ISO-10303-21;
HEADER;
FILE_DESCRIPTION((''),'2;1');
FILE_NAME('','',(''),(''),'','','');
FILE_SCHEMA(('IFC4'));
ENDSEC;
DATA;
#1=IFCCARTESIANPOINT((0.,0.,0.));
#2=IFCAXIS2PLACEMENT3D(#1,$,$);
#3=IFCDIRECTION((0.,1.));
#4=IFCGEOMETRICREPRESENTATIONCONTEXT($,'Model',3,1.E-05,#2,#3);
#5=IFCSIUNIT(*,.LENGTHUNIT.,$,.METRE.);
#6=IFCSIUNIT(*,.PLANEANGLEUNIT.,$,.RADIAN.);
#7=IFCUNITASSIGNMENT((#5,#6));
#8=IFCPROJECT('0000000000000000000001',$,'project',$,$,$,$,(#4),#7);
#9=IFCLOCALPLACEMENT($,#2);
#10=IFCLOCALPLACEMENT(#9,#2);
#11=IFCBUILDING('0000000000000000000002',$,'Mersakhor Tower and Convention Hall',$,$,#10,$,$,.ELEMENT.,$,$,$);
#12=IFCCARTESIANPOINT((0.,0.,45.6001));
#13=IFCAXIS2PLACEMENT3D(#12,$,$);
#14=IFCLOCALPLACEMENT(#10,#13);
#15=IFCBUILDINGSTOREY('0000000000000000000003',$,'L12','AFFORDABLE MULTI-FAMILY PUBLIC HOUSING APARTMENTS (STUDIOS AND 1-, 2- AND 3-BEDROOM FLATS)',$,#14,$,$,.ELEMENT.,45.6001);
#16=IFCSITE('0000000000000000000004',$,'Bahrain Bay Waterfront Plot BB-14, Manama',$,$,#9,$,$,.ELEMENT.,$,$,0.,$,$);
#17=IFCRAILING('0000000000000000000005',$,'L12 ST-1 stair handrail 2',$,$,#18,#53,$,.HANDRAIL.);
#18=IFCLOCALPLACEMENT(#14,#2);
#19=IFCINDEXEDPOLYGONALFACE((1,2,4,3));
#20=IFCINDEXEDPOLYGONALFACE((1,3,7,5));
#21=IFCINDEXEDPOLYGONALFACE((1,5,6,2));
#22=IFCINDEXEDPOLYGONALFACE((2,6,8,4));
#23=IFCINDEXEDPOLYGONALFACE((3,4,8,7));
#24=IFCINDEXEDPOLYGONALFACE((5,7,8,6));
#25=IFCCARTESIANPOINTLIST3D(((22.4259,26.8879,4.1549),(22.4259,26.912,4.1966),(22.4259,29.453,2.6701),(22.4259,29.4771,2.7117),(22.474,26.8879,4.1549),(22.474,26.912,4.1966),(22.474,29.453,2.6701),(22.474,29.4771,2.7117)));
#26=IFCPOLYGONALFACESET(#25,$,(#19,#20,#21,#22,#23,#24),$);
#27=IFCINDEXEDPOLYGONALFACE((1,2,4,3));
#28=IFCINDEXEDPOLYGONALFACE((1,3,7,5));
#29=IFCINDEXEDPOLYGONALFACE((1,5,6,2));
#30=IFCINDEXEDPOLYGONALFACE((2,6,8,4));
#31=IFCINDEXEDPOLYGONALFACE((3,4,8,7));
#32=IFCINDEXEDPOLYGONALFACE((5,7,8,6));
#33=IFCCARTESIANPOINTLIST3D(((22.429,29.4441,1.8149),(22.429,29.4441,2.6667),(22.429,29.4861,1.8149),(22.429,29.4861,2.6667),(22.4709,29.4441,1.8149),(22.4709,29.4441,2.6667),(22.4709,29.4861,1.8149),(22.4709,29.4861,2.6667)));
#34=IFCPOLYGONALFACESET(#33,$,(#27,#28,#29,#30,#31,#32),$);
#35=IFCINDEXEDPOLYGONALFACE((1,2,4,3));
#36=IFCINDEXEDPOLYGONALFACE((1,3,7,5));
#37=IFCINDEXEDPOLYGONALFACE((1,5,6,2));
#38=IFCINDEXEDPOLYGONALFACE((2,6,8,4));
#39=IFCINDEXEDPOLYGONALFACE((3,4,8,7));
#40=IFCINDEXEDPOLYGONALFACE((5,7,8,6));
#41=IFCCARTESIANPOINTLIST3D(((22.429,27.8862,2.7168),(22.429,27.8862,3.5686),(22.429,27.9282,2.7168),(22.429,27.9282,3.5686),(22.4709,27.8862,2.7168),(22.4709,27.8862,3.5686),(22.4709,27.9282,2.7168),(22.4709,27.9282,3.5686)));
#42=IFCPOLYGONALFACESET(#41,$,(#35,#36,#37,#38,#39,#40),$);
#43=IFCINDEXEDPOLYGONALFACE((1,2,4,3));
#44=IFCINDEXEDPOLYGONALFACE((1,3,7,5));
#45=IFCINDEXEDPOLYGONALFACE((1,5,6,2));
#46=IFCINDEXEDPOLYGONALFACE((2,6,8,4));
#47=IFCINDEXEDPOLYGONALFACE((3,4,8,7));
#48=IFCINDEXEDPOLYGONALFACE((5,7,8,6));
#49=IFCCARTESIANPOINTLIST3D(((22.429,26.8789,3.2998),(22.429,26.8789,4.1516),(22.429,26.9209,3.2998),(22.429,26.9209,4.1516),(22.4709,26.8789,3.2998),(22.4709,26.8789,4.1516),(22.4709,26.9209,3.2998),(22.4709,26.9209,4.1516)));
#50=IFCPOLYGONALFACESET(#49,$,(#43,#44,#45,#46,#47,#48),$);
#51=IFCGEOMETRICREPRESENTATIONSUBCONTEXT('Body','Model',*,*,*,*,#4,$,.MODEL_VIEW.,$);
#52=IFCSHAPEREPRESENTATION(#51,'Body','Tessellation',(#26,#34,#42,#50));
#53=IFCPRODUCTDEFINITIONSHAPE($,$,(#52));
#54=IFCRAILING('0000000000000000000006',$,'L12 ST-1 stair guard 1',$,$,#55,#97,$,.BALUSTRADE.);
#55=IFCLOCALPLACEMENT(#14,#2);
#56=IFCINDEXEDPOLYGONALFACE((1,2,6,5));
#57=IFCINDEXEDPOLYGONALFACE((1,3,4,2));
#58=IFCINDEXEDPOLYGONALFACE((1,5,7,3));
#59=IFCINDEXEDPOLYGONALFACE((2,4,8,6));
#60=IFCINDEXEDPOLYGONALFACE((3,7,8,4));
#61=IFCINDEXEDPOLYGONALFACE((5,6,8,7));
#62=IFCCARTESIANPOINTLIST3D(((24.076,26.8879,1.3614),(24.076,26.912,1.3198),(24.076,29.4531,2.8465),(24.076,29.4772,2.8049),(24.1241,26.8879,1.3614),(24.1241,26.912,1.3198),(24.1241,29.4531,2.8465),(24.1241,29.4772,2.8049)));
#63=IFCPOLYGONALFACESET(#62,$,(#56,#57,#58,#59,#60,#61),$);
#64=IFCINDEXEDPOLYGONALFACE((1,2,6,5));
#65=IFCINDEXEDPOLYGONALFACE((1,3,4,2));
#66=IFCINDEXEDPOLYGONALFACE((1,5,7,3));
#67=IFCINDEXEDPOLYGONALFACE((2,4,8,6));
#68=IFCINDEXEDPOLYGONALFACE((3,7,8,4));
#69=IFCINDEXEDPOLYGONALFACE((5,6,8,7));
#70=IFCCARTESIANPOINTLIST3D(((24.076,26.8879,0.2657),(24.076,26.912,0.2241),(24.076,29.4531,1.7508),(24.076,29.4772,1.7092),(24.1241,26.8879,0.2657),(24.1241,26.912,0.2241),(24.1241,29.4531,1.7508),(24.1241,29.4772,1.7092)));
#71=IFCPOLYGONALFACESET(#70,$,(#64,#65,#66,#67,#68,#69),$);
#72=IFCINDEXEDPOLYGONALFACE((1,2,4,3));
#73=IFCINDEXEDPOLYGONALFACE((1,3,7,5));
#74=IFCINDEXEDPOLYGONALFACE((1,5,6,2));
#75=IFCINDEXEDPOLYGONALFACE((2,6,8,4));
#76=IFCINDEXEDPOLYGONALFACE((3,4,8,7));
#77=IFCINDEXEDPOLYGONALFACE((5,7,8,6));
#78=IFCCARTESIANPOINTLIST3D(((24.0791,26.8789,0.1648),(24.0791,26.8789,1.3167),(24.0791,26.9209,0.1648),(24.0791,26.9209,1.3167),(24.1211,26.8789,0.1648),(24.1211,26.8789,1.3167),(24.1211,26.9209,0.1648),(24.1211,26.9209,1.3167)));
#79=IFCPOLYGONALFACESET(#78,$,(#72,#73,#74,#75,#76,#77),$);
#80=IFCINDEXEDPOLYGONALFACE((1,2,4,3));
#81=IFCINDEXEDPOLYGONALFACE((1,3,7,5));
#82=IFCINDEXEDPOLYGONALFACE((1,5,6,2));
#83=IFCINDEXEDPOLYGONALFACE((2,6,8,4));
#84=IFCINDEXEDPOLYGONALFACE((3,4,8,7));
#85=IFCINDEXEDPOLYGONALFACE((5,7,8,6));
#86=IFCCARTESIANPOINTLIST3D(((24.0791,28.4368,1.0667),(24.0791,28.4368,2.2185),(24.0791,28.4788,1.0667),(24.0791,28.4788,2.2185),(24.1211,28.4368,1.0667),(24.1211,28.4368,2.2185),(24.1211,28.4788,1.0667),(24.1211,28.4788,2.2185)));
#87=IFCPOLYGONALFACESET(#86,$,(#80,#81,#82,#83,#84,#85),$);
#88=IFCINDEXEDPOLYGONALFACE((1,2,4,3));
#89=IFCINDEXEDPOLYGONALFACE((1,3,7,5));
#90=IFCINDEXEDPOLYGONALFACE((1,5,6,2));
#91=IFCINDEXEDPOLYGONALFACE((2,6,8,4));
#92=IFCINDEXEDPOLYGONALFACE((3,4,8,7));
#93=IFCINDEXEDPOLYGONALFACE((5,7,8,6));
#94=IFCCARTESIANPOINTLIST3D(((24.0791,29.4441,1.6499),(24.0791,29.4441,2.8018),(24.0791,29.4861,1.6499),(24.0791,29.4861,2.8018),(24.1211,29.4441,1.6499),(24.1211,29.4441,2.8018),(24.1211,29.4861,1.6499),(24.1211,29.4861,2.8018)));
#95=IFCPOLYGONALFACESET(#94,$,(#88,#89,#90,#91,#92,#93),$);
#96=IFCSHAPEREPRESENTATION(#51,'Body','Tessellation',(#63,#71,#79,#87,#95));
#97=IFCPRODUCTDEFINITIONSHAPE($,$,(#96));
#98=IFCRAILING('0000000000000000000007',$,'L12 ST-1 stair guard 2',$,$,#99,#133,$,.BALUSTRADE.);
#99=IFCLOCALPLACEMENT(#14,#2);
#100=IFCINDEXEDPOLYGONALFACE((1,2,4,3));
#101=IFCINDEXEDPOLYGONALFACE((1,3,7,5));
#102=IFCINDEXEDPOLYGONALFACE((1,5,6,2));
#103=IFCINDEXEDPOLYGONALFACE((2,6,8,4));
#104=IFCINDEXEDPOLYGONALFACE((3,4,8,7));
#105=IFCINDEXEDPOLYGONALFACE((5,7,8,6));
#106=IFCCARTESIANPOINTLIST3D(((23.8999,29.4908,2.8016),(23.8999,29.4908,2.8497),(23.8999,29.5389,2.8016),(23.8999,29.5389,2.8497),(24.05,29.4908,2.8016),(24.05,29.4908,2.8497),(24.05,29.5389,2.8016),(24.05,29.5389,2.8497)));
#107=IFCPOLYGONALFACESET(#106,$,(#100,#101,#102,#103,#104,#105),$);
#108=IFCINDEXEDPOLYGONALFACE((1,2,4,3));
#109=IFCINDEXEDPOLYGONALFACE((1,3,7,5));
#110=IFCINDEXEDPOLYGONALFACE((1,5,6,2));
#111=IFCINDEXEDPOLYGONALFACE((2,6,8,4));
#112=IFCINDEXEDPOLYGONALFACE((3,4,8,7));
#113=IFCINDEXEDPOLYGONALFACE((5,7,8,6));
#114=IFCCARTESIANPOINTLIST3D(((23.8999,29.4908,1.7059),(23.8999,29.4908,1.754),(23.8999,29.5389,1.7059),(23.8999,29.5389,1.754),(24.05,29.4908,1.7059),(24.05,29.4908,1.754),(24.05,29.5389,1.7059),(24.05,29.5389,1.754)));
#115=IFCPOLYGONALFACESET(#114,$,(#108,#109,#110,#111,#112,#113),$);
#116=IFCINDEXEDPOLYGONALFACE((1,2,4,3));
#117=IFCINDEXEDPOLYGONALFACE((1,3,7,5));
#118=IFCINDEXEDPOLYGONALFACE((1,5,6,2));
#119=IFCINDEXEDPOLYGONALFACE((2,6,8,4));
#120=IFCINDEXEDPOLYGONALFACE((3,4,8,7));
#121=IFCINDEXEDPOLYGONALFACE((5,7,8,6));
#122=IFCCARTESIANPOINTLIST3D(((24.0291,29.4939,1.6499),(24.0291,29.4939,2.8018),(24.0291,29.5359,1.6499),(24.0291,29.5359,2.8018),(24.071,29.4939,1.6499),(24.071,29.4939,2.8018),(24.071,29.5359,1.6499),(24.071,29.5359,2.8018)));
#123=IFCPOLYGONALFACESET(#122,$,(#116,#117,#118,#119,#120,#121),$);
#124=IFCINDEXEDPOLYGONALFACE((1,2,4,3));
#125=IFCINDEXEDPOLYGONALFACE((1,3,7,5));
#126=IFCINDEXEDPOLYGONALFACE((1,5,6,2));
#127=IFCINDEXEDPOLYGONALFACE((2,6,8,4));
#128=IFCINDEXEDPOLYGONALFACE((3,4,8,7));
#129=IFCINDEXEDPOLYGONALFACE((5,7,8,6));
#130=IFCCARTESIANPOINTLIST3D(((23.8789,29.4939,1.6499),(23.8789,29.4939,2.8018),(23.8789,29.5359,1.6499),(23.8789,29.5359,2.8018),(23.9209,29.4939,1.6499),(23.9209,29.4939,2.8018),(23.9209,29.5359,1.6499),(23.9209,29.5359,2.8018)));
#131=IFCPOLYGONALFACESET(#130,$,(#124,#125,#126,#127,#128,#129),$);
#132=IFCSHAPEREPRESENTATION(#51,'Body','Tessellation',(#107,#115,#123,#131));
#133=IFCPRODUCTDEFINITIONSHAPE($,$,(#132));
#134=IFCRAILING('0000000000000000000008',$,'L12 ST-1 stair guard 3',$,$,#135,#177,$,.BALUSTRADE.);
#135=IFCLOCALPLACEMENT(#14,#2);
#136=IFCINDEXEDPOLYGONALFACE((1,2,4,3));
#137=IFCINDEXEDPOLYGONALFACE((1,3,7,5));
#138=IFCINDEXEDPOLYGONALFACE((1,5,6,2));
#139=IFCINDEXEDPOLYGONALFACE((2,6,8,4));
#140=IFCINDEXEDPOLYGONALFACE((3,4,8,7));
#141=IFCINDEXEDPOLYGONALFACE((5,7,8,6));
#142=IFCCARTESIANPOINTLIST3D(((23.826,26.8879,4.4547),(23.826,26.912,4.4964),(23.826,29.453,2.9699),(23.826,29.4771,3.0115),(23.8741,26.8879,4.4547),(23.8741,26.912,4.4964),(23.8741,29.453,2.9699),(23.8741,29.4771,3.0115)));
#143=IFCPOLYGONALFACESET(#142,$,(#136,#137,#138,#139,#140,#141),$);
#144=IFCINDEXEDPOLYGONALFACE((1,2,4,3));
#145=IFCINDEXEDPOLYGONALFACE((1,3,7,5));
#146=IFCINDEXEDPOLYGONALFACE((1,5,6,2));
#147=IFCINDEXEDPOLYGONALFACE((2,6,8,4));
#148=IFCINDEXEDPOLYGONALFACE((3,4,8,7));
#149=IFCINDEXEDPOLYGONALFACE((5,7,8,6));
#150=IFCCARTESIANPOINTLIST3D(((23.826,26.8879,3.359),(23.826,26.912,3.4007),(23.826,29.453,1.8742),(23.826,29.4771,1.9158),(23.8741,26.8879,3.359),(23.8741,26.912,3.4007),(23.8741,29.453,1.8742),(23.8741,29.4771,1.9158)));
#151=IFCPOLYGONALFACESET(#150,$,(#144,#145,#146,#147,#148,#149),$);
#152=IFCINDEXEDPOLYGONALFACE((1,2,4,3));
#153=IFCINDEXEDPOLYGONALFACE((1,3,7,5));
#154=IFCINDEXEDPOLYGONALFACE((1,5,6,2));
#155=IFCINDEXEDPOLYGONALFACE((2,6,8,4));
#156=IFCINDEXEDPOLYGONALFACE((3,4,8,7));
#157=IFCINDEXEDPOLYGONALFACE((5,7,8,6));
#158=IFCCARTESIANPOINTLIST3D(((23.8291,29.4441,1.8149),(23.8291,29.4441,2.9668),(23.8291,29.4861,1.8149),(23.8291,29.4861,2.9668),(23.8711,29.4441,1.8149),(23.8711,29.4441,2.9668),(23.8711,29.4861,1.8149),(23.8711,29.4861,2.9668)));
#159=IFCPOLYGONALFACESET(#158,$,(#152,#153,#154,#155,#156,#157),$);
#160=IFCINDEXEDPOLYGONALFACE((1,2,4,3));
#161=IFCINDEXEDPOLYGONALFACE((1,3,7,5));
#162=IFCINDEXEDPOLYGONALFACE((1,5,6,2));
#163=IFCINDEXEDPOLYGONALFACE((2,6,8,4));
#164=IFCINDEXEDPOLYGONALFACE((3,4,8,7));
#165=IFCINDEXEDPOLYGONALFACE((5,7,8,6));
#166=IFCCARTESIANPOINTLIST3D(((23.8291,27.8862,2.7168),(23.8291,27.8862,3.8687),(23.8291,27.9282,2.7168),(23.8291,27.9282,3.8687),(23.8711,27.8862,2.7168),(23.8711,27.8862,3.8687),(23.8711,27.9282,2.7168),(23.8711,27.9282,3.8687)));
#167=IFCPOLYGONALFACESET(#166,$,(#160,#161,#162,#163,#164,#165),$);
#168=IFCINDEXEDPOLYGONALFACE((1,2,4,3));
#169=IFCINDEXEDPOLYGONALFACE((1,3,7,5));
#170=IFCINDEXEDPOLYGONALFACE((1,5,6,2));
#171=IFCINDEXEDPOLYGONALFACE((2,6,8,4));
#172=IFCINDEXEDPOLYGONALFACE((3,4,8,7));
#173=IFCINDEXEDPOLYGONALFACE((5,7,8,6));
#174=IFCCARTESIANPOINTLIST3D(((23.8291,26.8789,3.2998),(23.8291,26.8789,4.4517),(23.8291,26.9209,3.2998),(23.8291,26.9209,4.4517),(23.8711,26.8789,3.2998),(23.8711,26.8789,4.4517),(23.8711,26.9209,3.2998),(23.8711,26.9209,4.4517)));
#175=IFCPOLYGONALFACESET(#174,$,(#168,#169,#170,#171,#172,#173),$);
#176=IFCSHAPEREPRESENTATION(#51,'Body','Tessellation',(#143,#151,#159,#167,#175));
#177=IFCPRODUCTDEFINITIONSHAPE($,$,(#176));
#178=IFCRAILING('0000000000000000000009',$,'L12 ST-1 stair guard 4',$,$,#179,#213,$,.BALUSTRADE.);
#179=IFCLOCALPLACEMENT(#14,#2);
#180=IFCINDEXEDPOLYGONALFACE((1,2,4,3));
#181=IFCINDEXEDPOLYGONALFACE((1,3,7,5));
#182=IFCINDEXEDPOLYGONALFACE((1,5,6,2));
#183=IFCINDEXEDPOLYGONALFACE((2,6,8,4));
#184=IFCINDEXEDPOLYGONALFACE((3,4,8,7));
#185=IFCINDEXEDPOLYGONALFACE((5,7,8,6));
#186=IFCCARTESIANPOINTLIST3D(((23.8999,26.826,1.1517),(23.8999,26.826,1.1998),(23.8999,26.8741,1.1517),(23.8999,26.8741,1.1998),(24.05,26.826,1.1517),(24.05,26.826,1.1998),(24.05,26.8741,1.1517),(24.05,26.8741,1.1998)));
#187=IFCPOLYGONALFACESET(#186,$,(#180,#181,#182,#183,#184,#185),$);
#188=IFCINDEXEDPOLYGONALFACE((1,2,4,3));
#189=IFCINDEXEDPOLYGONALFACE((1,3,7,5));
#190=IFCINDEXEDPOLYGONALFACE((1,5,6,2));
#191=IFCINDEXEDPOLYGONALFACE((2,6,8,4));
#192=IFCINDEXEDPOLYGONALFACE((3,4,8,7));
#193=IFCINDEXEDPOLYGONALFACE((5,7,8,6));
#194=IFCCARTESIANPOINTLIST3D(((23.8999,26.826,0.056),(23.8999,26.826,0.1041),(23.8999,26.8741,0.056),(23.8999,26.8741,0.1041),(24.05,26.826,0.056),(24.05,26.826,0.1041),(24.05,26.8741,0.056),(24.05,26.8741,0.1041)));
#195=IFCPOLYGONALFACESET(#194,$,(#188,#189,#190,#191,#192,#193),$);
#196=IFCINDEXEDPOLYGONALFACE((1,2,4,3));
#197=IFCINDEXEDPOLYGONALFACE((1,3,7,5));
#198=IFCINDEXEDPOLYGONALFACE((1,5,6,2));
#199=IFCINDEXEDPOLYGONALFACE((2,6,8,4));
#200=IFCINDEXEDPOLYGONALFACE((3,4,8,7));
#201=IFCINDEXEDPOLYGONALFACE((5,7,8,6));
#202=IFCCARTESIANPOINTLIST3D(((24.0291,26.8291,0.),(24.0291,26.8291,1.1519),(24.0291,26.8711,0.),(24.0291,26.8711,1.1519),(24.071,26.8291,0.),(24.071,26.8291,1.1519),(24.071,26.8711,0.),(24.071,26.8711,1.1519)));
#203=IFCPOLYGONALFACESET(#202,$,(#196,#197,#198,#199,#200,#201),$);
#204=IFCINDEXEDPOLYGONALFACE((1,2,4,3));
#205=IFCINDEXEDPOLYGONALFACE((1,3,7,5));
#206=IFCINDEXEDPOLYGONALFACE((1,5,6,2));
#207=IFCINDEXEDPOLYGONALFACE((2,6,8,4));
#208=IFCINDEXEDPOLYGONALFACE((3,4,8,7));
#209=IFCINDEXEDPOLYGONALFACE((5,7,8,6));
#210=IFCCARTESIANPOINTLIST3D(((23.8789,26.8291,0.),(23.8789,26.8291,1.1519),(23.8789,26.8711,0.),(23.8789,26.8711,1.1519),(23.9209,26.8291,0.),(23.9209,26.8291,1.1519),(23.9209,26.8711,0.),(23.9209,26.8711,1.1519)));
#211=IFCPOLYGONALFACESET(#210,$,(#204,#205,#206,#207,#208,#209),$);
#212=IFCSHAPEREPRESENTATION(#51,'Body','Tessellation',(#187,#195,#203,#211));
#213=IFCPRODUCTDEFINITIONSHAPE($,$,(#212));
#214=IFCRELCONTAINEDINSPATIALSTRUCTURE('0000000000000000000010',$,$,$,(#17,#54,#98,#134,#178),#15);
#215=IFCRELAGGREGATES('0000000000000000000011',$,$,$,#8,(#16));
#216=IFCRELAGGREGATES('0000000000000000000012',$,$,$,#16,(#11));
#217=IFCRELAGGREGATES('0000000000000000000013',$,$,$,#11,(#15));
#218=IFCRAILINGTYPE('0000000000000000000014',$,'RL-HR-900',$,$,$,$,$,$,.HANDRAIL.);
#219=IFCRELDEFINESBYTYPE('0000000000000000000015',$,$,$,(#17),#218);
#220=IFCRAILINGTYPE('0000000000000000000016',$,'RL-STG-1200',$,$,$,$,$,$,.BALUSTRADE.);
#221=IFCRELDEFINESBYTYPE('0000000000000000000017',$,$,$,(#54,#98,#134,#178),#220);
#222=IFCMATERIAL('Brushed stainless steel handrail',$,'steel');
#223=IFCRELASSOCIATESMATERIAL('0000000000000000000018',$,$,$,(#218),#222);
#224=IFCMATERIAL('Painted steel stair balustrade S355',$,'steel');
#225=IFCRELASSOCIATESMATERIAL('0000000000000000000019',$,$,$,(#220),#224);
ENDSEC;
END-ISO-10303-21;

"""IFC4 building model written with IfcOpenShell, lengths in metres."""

from ifc_helpers import new_model, si_unit, direction, frame, origin, origin_2d, place, context, subcontext, project, spatial, rectangle, extrude, material, type_object, element, save


model = new_model("IFC4")

# Units and contexts
model_context = context("Model", 3, precision=1e-05, world=origin(), true_north=direction((0.0, 1.0)))
body_context = subcontext(model_context, "Body", "Model", "MODEL_VIEW")
ifc_project = project(units=[si_unit("LENGTHUNIT", "METRE"), si_unit("PLANEANGLEUNIT", "RADIAN")], contexts=[model_context])

# Site, building, storey
site_placement = place(None, origin())
site = spatial("IfcSite", under=ifc_project, at=site_placement, Name="Bahrain Bay Waterfront Plot BB-14, Manama", CompositionType="ELEMENT", RefElevation=0.0)
building_placement = place(site_placement, origin())
building = spatial("IfcBuilding", under=site, at=building_placement, Name="Mersakhor Tower and Convention Hall", CompositionType="ELEMENT")
storey_placement = place(building_placement, frame((0.0, 0.0, 45.6001)))
storey = spatial("IfcBuildingStorey", under=building, at=storey_placement, Name="L12", Description="AFFORDABLE MULTI-FAMILY PUBLIC HOUSING APARTMENTS (STUDIOS AND 1-, 2- AND 3-BEDROOM FLATS)", CompositionType="ELEMENT", Elevation=45.6001)

# Railings
ifc_material_1 = material(Name="Brushed stainless steel handrail", Category="steel")
railing_type_1 = type_object("IfcRailingType", Name="RL-HR-900", PredefinedType="HANDRAIL", material=ifc_material_1)
railing_1_placement = place(storey_placement, frame((22.45, 29.4651, 1.8149)))
element("IfcRailing", 1, at=railing_1_placement, inside=storey, type_object=railing_type_1, Name="L12 ST-1 stair handrail 2", PredefinedType="HANDRAIL", context=body_context, shape_type="SweptSolid", body=[
    extrude(rectangle(XDim=0.0481, YDim=0.0481, at=origin_2d()), frame((0.0, 0.0, 0.876), z_axis=(0.0, -0.865462, 0.500975), x_axis=(1.0, 0.0, 0.0)), (0.0, 0.0, 1.0), 2.9639),
    extrude(rectangle(XDim=0.042, YDim=0.042, at=origin_2d()), origin(), (0.0, 0.0, 1.0), 0.8518),
    extrude(rectangle(XDim=0.042, YDim=0.042, at=origin_2d()), frame((0.0, -1.5579, 0.9019)), (0.0, 0.0, 1.0), 0.8518),
    extrude(rectangle(XDim=0.042, YDim=0.042, at=origin_2d()), frame((0.0, -2.5652, 1.4849)), (0.0, 0.0, 1.0), 0.8518),
])
ifc_material_2 = material(Name="Painted steel stair balustrade S355", Category="steel")
railing_type_2 = type_object("IfcRailingType", Name="RL-STG-1200", PredefinedType="BALUSTRADE", material=ifc_material_2)
railing_2_placement = place(storey_placement, frame((24.1001, 26.8999, 0.1648)))
element("IfcRailing", 2, at=railing_2_placement, inside=storey, type_object=railing_type_2, Name="L12 ST-1 stair guard 1", PredefinedType="BALUSTRADE", context=body_context, shape_type="SweptSolid", body=[
    extrude(rectangle(XDim=0.0481, YDim=0.0481, at=origin_2d()), frame((0.0, 0.0, 1.1758), z_axis=(0.0, 0.865426, 0.501036), x_axis=(-1.0, 0.0, 0.0)), (0.0, 0.0, 1.0), 2.9641),
    extrude(rectangle(XDim=0.0481, YDim=0.0481, at=origin_2d()), frame((0.0, 0.0, 0.0801), z_axis=(0.0, 0.865426, 0.501036), x_axis=(-1.0, 0.0, 0.0)), (0.0, 0.0, 1.0), 2.9641),
    extrude(rectangle(XDim=0.042, YDim=0.042, at=origin_2d()), origin(), (0.0, 0.0, 1.0), 1.1519),
    extrude(rectangle(XDim=0.042, YDim=0.042, at=origin_2d()), frame((0.0, 1.5579, 0.9019)), (0.0, 0.0, 1.0), 1.1519),
    extrude(rectangle(XDim=0.042, YDim=0.042, at=origin_2d()), frame((0.0, 2.5652, 1.4851)), (0.0, 0.0, 1.0), 1.1519),
])
railing_3_placement = place(storey_placement, frame((24.05, 29.5149, 1.6499)))
element("IfcRailing", 3, at=railing_3_placement, inside=storey, type_object=railing_type_2, Name="L12 ST-1 stair guard 2", PredefinedType="BALUSTRADE", context=body_context, shape_type="SweptSolid", body=[
    extrude(rectangle(XDim=0.0481, YDim=0.0481, at=origin_2d()), frame((0.0, 0.0, 1.1758), z_axis=(-1.0, 0.0, 0.0), x_axis=(0.0, -1.0, 0.0)), (0.0, 0.0, 1.0), 0.1501),
    extrude(rectangle(XDim=0.0481, YDim=0.0481, at=origin_2d()), frame((0.0, 0.0, 0.0801), z_axis=(-1.0, 0.0, 0.0), x_axis=(0.0, -1.0, 0.0)), (0.0, 0.0, 1.0), 0.1501),
    extrude(rectangle(XDim=0.042, YDim=0.042, at=origin_2d()), origin(), (0.0, 0.0, 1.0), 1.1519),
    extrude(rectangle(XDim=0.042, YDim=0.042, at=origin_2d()), frame((-0.1501, 0.0, 0.0)), (0.0, 0.0, 1.0), 1.1519),
])
railing_4_placement = place(storey_placement, frame((23.8501, 29.4651, 1.8149)))
element("IfcRailing", 4, at=railing_4_placement, inside=storey, type_object=railing_type_2, Name="L12 ST-1 stair guard 3", PredefinedType="BALUSTRADE", context=body_context, shape_type="SweptSolid", body=[
    extrude(rectangle(XDim=0.0481, YDim=0.0481, at=origin_2d()), frame((0.0, 0.0, 1.1758), z_axis=(0.0, -0.865462, 0.500975), x_axis=(1.0, 0.0, 0.0)), (0.0, 0.0, 1.0), 2.9639),
    extrude(rectangle(XDim=0.0481, YDim=0.0481, at=origin_2d()), frame((0.0, 0.0, 0.0801), z_axis=(0.0, -0.865462, 0.500975), x_axis=(1.0, 0.0, 0.0)), (0.0, 0.0, 1.0), 2.9639),
    extrude(rectangle(XDim=0.042, YDim=0.042, at=origin_2d()), origin(), (0.0, 0.0, 1.0), 1.1519),
    extrude(rectangle(XDim=0.042, YDim=0.042, at=origin_2d()), frame((0.0, -1.5579, 0.9019)), (0.0, 0.0, 1.0), 1.1519),
    extrude(rectangle(XDim=0.042, YDim=0.042, at=origin_2d()), frame((0.0, -2.5652, 1.4849)), (0.0, 0.0, 1.0), 1.1519),
])
railing_5_placement = place(storey_placement, frame((24.05, 26.8501, 0.0)))
element("IfcRailing", 5, at=railing_5_placement, inside=storey, type_object=railing_type_2, Name="L12 ST-1 stair guard 4", PredefinedType="BALUSTRADE", context=body_context, shape_type="SweptSolid", body=[
    extrude(rectangle(XDim=0.0481, YDim=0.0481, at=origin_2d()), frame((0.0, 0.0, 1.1758), z_axis=(-1.0, 0.0, 0.0), x_axis=(0.0, -1.0, 0.0)), (0.0, 0.0, 1.0), 0.1501),
    extrude(rectangle(XDim=0.0481, YDim=0.0481, at=origin_2d()), frame((0.0, 0.0, 0.0801), z_axis=(-1.0, 0.0, 0.0), x_axis=(0.0, -1.0, 0.0)), (0.0, 0.0, 1.0), 0.1501),
    extrude(rectangle(XDim=0.042, YDim=0.042, at=origin_2d()), origin(), (0.0, 0.0, 1.0), 1.1519),
    extrude(rectangle(XDim=0.042, YDim=0.042, at=origin_2d()), frame((-0.1501, 0.0, 0.0)), (0.0, 0.0, 1.0), 1.1519),
])

save(model, "model.ifc")
